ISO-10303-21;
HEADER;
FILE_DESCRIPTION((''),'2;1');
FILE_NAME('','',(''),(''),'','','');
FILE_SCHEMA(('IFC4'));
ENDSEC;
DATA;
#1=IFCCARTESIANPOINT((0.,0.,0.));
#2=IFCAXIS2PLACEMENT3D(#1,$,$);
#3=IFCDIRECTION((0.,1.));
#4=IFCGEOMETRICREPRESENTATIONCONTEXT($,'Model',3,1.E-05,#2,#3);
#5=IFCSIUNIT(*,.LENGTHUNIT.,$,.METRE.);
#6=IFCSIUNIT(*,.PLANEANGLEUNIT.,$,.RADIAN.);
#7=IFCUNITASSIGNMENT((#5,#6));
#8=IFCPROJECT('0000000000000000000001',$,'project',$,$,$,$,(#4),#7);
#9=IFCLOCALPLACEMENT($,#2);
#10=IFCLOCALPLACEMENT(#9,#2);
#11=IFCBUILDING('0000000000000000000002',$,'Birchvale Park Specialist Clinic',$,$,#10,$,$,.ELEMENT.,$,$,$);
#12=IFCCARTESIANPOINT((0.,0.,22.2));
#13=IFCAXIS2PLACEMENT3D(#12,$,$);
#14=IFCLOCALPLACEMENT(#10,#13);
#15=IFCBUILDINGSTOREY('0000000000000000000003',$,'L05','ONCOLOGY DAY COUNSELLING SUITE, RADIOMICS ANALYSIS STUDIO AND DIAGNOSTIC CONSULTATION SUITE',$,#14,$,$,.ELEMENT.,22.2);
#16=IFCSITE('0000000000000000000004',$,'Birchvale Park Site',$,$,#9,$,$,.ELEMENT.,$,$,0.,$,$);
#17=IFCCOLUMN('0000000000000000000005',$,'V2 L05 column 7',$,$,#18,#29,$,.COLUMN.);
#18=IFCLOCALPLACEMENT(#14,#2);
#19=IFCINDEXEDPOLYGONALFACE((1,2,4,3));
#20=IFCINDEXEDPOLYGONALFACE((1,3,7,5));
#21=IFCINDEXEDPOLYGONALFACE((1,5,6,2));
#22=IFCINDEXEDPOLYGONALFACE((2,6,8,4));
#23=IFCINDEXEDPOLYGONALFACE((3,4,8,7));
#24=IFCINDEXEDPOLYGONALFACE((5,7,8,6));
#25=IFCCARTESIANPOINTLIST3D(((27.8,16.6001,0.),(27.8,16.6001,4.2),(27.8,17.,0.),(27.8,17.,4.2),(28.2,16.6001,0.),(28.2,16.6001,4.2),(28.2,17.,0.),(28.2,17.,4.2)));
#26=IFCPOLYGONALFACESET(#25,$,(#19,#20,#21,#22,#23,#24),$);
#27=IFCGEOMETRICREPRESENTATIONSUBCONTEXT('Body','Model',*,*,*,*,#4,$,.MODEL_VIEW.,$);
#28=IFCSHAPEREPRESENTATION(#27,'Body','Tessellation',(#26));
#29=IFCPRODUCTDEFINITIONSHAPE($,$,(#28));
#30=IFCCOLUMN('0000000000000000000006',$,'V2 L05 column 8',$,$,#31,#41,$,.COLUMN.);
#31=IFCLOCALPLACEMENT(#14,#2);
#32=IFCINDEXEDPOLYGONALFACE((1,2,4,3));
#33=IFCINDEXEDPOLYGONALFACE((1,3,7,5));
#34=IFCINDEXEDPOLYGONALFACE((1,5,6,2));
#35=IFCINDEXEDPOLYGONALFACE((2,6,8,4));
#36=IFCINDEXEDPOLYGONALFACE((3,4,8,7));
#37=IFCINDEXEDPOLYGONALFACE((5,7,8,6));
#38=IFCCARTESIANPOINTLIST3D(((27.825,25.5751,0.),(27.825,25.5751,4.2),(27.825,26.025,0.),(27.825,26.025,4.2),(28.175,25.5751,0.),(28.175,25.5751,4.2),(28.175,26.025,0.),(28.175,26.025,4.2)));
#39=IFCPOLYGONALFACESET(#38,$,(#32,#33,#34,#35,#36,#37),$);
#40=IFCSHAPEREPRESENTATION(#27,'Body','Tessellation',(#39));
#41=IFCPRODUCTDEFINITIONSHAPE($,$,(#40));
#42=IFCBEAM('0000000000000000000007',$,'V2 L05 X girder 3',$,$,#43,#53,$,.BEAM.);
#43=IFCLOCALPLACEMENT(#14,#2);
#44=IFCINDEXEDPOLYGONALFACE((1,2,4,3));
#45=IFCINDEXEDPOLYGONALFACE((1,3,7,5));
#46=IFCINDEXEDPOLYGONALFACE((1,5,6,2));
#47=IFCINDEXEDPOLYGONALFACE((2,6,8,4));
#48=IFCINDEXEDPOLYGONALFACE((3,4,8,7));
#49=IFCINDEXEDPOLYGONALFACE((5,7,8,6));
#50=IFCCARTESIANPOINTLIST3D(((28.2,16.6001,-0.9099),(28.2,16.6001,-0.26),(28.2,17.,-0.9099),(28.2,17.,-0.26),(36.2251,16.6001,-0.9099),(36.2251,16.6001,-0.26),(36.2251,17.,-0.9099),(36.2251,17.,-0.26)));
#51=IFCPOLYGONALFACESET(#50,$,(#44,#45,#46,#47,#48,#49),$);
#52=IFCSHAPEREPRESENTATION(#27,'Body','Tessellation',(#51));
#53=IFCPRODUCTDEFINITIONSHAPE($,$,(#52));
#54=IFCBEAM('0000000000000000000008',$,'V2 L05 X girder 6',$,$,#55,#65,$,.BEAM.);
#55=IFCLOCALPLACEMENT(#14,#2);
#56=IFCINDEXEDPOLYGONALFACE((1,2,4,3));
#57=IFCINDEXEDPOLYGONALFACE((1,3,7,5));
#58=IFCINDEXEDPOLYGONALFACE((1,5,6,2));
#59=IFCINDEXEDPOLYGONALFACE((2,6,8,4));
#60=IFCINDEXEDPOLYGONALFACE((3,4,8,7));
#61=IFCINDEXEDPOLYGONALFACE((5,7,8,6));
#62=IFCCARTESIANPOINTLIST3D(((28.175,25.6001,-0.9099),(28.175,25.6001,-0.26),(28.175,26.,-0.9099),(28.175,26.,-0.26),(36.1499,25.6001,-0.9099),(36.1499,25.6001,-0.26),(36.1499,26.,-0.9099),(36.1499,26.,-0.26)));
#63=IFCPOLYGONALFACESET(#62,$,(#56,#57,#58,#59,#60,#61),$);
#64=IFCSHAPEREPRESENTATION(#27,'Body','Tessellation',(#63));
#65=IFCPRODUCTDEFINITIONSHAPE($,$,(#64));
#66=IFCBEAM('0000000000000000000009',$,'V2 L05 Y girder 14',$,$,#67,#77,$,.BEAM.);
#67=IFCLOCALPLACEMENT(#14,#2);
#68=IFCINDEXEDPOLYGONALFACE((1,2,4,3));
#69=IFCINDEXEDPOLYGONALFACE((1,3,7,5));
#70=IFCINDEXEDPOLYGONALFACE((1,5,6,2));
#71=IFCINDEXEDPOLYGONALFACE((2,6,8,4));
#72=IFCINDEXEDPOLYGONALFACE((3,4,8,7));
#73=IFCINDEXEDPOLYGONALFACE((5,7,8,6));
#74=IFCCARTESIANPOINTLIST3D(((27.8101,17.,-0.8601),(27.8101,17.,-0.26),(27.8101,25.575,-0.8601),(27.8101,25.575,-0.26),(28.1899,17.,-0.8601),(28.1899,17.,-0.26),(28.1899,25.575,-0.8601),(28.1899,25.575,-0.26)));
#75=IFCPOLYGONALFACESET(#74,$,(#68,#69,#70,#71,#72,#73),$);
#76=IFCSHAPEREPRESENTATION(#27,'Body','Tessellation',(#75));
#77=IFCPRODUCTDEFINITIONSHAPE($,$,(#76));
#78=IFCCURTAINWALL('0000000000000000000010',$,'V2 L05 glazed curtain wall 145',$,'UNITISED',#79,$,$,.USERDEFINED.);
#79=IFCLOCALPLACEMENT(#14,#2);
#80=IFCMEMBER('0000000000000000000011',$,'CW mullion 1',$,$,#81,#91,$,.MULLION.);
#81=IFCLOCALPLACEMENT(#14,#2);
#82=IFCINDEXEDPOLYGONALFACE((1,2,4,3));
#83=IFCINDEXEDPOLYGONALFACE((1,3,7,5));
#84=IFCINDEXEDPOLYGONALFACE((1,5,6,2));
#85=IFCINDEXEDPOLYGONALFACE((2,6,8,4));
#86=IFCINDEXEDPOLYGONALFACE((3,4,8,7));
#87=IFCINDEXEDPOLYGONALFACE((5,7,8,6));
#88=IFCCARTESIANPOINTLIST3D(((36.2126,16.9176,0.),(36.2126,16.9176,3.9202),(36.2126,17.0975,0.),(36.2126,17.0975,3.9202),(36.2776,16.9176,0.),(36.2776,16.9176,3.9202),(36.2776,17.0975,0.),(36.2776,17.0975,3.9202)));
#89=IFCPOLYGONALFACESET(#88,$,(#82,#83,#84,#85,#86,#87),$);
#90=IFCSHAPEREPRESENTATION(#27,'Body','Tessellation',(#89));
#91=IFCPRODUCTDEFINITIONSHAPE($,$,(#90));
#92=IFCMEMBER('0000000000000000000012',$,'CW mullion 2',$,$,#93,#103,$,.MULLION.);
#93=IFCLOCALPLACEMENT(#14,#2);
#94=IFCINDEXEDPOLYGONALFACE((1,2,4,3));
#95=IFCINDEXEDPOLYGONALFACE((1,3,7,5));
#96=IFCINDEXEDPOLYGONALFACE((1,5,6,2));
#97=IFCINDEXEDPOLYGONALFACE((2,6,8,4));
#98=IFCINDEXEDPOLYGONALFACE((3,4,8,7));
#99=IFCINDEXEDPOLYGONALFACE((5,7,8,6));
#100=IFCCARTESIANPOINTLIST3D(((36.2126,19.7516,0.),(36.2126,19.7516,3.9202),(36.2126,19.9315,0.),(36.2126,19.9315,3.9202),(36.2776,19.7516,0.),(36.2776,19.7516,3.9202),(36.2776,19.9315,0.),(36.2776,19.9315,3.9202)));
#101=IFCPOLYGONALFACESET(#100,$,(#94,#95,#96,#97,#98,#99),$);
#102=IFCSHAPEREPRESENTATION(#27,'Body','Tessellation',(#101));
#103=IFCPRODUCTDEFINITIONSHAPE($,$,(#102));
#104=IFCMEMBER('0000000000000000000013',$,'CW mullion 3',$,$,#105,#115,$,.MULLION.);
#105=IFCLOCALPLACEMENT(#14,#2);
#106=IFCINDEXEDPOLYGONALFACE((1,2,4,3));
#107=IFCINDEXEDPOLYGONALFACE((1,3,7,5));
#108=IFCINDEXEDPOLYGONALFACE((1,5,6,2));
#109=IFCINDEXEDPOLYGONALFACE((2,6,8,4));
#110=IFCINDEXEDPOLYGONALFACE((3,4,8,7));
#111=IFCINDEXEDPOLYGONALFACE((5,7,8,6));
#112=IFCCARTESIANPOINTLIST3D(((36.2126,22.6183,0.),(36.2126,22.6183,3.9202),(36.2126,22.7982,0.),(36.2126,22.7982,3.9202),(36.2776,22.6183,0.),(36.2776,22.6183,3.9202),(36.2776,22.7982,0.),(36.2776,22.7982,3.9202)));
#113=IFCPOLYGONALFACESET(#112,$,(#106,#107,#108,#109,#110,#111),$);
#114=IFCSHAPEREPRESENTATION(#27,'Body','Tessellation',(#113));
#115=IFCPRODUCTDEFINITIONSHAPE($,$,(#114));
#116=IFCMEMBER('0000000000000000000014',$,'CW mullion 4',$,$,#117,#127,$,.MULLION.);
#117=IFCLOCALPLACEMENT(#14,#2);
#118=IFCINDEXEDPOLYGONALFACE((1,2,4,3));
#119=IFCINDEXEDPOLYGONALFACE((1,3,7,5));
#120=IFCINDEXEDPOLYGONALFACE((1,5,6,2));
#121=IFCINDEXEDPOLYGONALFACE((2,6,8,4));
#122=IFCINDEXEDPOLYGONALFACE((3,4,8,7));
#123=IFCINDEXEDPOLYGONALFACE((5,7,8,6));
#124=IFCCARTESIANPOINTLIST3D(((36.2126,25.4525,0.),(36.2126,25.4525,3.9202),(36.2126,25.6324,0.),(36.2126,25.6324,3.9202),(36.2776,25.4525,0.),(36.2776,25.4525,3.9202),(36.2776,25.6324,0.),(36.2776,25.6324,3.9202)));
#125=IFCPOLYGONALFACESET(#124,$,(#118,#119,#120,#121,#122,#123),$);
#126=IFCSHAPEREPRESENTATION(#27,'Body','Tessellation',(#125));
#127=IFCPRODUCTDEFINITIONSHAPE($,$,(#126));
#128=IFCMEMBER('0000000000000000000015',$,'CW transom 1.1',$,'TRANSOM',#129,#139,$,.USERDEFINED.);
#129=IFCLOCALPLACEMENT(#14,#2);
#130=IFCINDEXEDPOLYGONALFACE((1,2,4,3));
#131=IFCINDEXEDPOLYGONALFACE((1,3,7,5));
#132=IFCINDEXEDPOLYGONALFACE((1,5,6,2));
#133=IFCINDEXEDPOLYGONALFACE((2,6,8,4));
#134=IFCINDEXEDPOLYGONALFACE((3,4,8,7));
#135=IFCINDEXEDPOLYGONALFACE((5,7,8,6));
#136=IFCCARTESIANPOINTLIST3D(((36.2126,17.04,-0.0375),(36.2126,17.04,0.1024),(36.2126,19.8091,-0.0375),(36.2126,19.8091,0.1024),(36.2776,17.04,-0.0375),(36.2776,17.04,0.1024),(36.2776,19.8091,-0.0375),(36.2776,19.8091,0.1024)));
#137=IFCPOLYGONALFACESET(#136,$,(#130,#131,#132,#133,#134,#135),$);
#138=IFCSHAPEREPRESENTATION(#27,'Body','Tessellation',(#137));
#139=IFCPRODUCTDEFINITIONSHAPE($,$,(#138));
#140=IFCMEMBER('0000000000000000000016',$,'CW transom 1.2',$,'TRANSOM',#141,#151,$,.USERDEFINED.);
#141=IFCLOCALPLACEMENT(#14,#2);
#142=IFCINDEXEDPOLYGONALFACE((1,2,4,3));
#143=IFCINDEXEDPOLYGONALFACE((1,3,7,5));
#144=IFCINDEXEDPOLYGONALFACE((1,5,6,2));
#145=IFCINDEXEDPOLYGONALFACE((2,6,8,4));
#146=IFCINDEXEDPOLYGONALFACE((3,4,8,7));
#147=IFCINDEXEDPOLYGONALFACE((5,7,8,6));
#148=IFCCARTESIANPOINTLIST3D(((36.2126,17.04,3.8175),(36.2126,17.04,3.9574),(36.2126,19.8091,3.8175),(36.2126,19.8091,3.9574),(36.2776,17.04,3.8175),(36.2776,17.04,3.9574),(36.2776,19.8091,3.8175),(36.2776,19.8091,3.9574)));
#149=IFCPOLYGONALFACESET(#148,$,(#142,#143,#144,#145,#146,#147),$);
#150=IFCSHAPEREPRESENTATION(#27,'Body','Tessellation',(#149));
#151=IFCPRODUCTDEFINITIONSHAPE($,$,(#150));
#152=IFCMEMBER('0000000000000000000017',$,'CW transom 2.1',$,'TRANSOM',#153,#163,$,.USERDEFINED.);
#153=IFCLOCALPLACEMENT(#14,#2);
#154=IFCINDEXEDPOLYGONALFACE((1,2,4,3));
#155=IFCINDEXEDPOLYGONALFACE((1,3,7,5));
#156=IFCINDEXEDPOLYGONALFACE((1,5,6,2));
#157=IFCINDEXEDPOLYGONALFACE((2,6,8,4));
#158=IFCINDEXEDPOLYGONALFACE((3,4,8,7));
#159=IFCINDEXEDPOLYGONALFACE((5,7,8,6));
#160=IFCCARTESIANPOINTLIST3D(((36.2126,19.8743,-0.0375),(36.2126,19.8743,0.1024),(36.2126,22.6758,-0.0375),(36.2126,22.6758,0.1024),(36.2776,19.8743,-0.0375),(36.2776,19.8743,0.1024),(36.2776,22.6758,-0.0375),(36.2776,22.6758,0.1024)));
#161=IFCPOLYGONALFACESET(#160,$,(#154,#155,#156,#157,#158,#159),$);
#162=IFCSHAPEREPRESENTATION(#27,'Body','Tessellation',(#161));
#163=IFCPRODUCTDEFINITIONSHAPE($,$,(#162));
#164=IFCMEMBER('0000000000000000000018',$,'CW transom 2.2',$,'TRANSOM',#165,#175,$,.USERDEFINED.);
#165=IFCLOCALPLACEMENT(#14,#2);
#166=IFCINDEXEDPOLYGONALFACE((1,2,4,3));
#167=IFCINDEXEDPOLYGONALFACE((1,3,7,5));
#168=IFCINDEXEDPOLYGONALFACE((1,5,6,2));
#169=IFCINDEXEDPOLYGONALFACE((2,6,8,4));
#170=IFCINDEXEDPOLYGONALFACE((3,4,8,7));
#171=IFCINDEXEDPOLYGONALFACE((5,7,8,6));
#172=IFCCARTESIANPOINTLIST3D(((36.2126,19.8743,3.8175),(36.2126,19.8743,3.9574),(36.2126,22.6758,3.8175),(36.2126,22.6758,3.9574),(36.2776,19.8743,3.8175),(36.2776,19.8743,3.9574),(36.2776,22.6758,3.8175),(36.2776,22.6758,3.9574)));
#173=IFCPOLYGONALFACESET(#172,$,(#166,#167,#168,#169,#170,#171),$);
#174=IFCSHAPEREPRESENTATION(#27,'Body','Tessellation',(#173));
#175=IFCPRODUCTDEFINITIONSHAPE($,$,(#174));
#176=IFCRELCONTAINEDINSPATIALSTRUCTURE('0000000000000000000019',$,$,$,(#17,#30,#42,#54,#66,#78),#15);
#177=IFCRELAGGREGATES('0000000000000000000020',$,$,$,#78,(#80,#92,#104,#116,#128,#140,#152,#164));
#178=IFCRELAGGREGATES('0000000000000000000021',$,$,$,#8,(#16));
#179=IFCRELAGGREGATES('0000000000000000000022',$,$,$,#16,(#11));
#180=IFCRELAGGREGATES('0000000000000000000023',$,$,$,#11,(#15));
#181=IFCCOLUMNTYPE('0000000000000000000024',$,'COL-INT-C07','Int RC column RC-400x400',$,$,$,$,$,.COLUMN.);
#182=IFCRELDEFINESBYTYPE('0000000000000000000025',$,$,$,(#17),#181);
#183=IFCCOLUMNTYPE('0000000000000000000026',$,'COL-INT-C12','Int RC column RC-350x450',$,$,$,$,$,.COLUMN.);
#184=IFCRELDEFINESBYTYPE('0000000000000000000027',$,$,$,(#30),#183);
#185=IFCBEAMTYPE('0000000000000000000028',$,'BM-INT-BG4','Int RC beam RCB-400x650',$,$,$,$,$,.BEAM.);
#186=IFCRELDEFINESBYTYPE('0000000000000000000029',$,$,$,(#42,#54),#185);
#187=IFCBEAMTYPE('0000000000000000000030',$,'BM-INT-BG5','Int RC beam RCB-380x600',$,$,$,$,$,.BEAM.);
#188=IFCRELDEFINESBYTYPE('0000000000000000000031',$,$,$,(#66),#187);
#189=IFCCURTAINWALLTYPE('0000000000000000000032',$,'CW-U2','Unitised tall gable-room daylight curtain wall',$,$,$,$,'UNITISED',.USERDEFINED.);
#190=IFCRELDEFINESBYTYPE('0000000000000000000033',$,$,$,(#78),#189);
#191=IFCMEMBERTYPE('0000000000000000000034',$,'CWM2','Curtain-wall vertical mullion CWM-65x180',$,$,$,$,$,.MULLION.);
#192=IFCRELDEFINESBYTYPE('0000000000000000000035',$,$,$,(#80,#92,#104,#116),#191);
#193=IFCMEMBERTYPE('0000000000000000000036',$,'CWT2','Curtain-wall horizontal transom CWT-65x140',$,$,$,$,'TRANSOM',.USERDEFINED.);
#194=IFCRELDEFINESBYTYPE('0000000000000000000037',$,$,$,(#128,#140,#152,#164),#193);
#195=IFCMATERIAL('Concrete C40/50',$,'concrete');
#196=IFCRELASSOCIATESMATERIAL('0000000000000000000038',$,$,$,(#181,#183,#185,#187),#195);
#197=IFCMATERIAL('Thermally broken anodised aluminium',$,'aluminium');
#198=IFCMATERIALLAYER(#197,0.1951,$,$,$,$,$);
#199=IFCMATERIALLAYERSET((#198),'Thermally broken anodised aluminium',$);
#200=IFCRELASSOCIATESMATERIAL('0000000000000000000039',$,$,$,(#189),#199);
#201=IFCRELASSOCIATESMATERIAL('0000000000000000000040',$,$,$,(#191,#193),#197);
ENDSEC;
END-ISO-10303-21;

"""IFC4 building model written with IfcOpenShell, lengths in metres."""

from ifc_helpers import new_model, si_unit, direction, frame, origin, origin_2d, place, context, subcontext, project, spatial, rectangle, extrude, material, layer, layer_set, material_profile, profile_set, type_object, element, aggregate, save


model = new_model("IFC4")

# Units and contexts
model_context = context("Model", 3, precision=1e-05, world=origin(), true_north=direction((0.0, 1.0)))
body_context = subcontext(model_context, "Body", "Model", "MODEL_VIEW")
ifc_project = project(units=[si_unit("LENGTHUNIT", "METRE"), si_unit("PLANEANGLEUNIT", "RADIAN")], contexts=[model_context])

# Site, building, storey
site_placement = place(None, origin())
site = spatial("IfcSite", under=ifc_project, at=site_placement, Name="Birchvale Park Site", CompositionType="ELEMENT", RefElevation=0.0)
building_placement = place(site_placement, origin())
building = spatial("IfcBuilding", under=site, at=building_placement, Name="Birchvale Park Specialist Clinic", CompositionType="ELEMENT")
storey_placement = place(building_placement, frame((0.0, 0.0, 22.2)))
storey = spatial("IfcBuildingStorey", under=building, at=storey_placement, Name="L05", Description="ONCOLOGY DAY COUNSELLING SUITE, RADIOMICS ANALYSIS STUDIO AND DIAGNOSTIC CONSULTATION SUITE", CompositionType="ELEMENT", Elevation=22.2)

# Columns
ifc_material_1 = material(Name="Concrete C40/50", Category="concrete")
ifc_material_profile_1 = material_profile(ifc_material_1, rectangle(XDim=0.3999, YDim=0.3999, at=origin_2d()), Name="RC-400x400")
ifc_profile_set_1 = profile_set([ifc_material_profile_1], Name="Concrete C40/50")
column_type_1 = type_object("IfcColumnType", Name="COL-INT-C07", Description="Int RC column RC-400x400", PredefinedType="COLUMN", material=ifc_profile_set_1)
column_1_placement = place(storey_placement, frame((28.0, 16.8, 0.0), z_axis=(0.0, 0.0, 1.0), x_axis=(1.0, 0.0, 0.0)))
element("IfcColumn", 1, at=column_1_placement, inside=storey, type_object=column_type_1, Name="V2 L05 column 7", PredefinedType="COLUMN", context=body_context, shape_type="SweptSolid", body=[
    extrude(rectangle(XDim=0.3999, YDim=0.3999, at=origin_2d()), origin(), (0.0, 0.0, 1.0), 4.2),
])
ifc_material_profile_2 = material_profile(ifc_material_1, rectangle(XDim=0.3501, YDim=0.45, at=origin_2d()), Name="RC-350x450")
ifc_profile_set_2 = profile_set([ifc_material_profile_2], Name="Concrete C40/50")
column_type_2 = type_object("IfcColumnType", Name="COL-INT-C12", Description="Int RC column RC-350x450", PredefinedType="COLUMN", material=ifc_profile_set_2)
column_2_placement = place(storey_placement, frame((28.0, 25.8, 0.0), z_axis=(0.0, 0.0, 1.0), x_axis=(1.0, 0.0, 0.0)))
element("IfcColumn", 2, at=column_2_placement, inside=storey, type_object=column_type_2, Name="V2 L05 column 8", PredefinedType="COLUMN", context=body_context, shape_type="SweptSolid", body=[
    extrude(rectangle(XDim=0.3501, YDim=0.45, at=origin_2d()), origin(), (0.0, 0.0, 1.0), 4.2),
])

# Beams
ifc_material_profile_3 = material_profile(ifc_material_1, rectangle(XDim=0.3999, YDim=0.6499, at=origin_2d()), Name="RCB-400x650")
ifc_profile_set_3 = profile_set([ifc_material_profile_3], Name="Concrete C40/50")
beam_type_1 = type_object("IfcBeamType", Name="BM-INT-BG4", Description="Int RC beam RCB-400x650", PredefinedType="BEAM", material=ifc_profile_set_3)
beam_1_placement = place(storey_placement, frame((28.2, 16.8, -0.585), z_axis=(1.0, 0.0, 0.0), x_axis=(0.0, 1.0, 0.0)))
element("IfcBeam", 3, at=beam_1_placement, inside=storey, type_object=beam_type_1, Name="V2 L05 X girder 3", PredefinedType="BEAM", context=body_context, shape_type="SweptSolid", body=[
    extrude(rectangle(XDim=0.3999, YDim=0.6499, at=origin_2d()), origin(), (0.0, 0.0, 1.0), 8.0251),
])
beam_2_placement = place(storey_placement, frame((28.175, 25.8, -0.585), z_axis=(1.0, 0.0, 0.0), x_axis=(0.0, 1.0, 0.0)))
element("IfcBeam", 4, at=beam_2_placement, inside=storey, type_object=beam_type_1, Name="V2 L05 X girder 6", PredefinedType="BEAM", context=body_context, shape_type="SweptSolid", body=[
    extrude(rectangle(XDim=0.3999, YDim=0.6499, at=origin_2d()), origin(), (0.0, 0.0, 1.0), 7.9749),
])
ifc_material_profile_4 = material_profile(ifc_material_1, rectangle(XDim=0.3799, YDim=0.6001, at=origin_2d()), Name="RCB-380x600")
ifc_profile_set_4 = profile_set([ifc_material_profile_4], Name="Concrete C40/50")
beam_type_2 = type_object("IfcBeamType", Name="BM-INT-BG5", Description="Int RC beam RCB-380x600", PredefinedType="BEAM", material=ifc_profile_set_4)
beam_3_placement = place(storey_placement, frame((28.0, 17.0, -0.5601), z_axis=(0.0, 1.0, 0.0), x_axis=(-1.0, 0.0, 0.0)))
element("IfcBeam", 5, at=beam_3_placement, inside=storey, type_object=beam_type_2, Name="V2 L05 Y girder 14", PredefinedType="BEAM", context=body_context, shape_type="SweptSolid", body=[
    extrude(rectangle(XDim=0.3799, YDim=0.6001, at=origin_2d()), origin(), (0.0, 0.0, 1.0), 8.575),
])

# Curtain wall, members
ifc_material_2 = material(Name="Thermally broken anodised aluminium", Category="aluminium")
ifc_layer_1 = layer(ifc_material_2, 0.1951)
ifc_layer_set_1 = layer_set([ifc_layer_1], Name="Thermally broken anodised aluminium")
curtain_wall_type = type_object("IfcCurtainWallType", Name="CW-U2", Description="Unitised tall gable-room daylight curtain wall", ElementType="UNITISED", PredefinedType="USERDEFINED", material=ifc_layer_set_1)
curtain_wall_placement = place(storey_placement, origin())
curtain_wall = element("IfcCurtainWall", 6, at=curtain_wall_placement, inside=storey, type_object=curtain_wall_type, Name="V2 L05 glazed curtain wall 145", ObjectType="UNITISED", PredefinedType="USERDEFINED")
ifc_material_profile_5 = material_profile(ifc_material_2, rectangle(XDim=0.0649, YDim=0.1799, at=origin_2d()), Name="CWM-65x180")
ifc_profile_set_5 = profile_set([ifc_material_profile_5], Name="Thermally broken anodised aluminium")
member_type_1 = type_object("IfcMemberType", Name="CWM2", Description="Curtain-wall vertical mullion CWM-65x180", PredefinedType="MULLION", material=ifc_profile_set_5)
member_1_placement = place(storey_placement, frame((36.2451, 17.0076, 0.0), z_axis=(0.0, 0.0, 1.0), x_axis=(-1.0, 0.0, 0.0)))
member_1 = element("IfcMember", 7, at=member_1_placement, type_object=member_type_1, Name="CW mullion 1", PredefinedType="MULLION", context=body_context, shape_type="SweptSolid", body=[
    extrude(rectangle(XDim=0.0649, YDim=0.1799, at=origin_2d()), origin(), (0.0, 0.0, 1.0), 3.9202),
])
member_2_placement = place(storey_placement, frame((36.2451, 19.8416, 0.0), z_axis=(0.0, 0.0, 1.0), x_axis=(-1.0, 0.0, 0.0)))
member_2 = element("IfcMember", 8, at=member_2_placement, type_object=member_type_1, Name="CW mullion 2", PredefinedType="MULLION", context=body_context, shape_type="SweptSolid", body=[
    extrude(rectangle(XDim=0.0649, YDim=0.1799, at=origin_2d()), origin(), (0.0, 0.0, 1.0), 3.9202),
])
member_3_placement = place(storey_placement, frame((36.2451, 22.7083, 0.0), z_axis=(0.0, 0.0, 1.0), x_axis=(-1.0, 0.0, 0.0)))
member_3 = element("IfcMember", 9, at=member_3_placement, type_object=member_type_1, Name="CW mullion 3", PredefinedType="MULLION", context=body_context, shape_type="SweptSolid", body=[
    extrude(rectangle(XDim=0.0649, YDim=0.1799, at=origin_2d()), origin(), (0.0, 0.0, 1.0), 3.9202),
])
member_4_placement = place(storey_placement, frame((36.2451, 25.5425, 0.0), z_axis=(0.0, 0.0, 1.0), x_axis=(-1.0, 0.0, 0.0)))
member_4 = element("IfcMember", 10, at=member_4_placement, type_object=member_type_1, Name="CW mullion 4", PredefinedType="MULLION", context=body_context, shape_type="SweptSolid", body=[
    extrude(rectangle(XDim=0.0649, YDim=0.1799, at=origin_2d()), origin(), (0.0, 0.0, 1.0), 3.9202),
])
ifc_material_profile_6 = material_profile(ifc_material_2, rectangle(XDim=0.0649, YDim=0.1399, at=origin_2d()), Name="CWT-65x140")
ifc_profile_set_6 = profile_set([ifc_material_profile_6], Name="Thermally broken anodised aluminium")
member_type_2 = type_object("IfcMemberType", Name="CWT2", Description="Curtain-wall horizontal transom CWT-65x140", ElementType="TRANSOM", PredefinedType="USERDEFINED", material=ifc_profile_set_6)
member_5_placement = place(storey_placement, frame((36.2451, 17.04, 0.0325), z_axis=(0.0, 1.0, 0.0), x_axis=(-1.0, 0.0, 0.0)))
member_5 = element("IfcMember", 11, at=member_5_placement, type_object=member_type_2, Name="CW transom 1.1", ObjectType="TRANSOM", PredefinedType="USERDEFINED", context=body_context, shape_type="SweptSolid", body=[
    extrude(rectangle(XDim=0.0649, YDim=0.1399, at=origin_2d()), origin(), (0.0, 0.0, 1.0), 2.769),
])
member_6_placement = place(storey_placement, frame((36.2451, 17.04, 3.8875), z_axis=(0.0, 1.0, 0.0), x_axis=(-1.0, 0.0, 0.0)))
member_6 = element("IfcMember", 12, at=member_6_placement, type_object=member_type_2, Name="CW transom 1.2", ObjectType="TRANSOM", PredefinedType="USERDEFINED", context=body_context, shape_type="SweptSolid", body=[
    extrude(rectangle(XDim=0.0649, YDim=0.1399, at=origin_2d()), origin(), (0.0, 0.0, 1.0), 2.769),
])
member_7_placement = place(storey_placement, frame((36.2451, 19.8743, 0.0325), z_axis=(0.0, 1.0, 0.0), x_axis=(-1.0, 0.0, 0.0)))
member_7 = element("IfcMember", 13, at=member_7_placement, type_object=member_type_2, Name="CW transom 2.1", ObjectType="TRANSOM", PredefinedType="USERDEFINED", context=body_context, shape_type="SweptSolid", body=[
    extrude(rectangle(XDim=0.0649, YDim=0.1399, at=origin_2d()), origin(), (0.0, 0.0, 1.0), 2.8015),
])
member_8_placement = place(storey_placement, frame((36.2451, 19.8743, 3.8875), z_axis=(0.0, 1.0, 0.0), x_axis=(-1.0, 0.0, 0.0)))
member_8 = element("IfcMember", 14, at=member_8_placement, type_object=member_type_2, Name="CW transom 2.2", ObjectType="TRANSOM", PredefinedType="USERDEFINED", context=body_context, shape_type="SweptSolid", body=[
    extrude(rectangle(XDim=0.0649, YDim=0.1399, at=origin_2d()), origin(), (0.0, 0.0, 1.0), 2.8015),
])

aggregate(curtain_wall, [member_1, member_2, member_3, member_4, member_5, member_6, member_7, member_8])

save(model, "model.ifc")
